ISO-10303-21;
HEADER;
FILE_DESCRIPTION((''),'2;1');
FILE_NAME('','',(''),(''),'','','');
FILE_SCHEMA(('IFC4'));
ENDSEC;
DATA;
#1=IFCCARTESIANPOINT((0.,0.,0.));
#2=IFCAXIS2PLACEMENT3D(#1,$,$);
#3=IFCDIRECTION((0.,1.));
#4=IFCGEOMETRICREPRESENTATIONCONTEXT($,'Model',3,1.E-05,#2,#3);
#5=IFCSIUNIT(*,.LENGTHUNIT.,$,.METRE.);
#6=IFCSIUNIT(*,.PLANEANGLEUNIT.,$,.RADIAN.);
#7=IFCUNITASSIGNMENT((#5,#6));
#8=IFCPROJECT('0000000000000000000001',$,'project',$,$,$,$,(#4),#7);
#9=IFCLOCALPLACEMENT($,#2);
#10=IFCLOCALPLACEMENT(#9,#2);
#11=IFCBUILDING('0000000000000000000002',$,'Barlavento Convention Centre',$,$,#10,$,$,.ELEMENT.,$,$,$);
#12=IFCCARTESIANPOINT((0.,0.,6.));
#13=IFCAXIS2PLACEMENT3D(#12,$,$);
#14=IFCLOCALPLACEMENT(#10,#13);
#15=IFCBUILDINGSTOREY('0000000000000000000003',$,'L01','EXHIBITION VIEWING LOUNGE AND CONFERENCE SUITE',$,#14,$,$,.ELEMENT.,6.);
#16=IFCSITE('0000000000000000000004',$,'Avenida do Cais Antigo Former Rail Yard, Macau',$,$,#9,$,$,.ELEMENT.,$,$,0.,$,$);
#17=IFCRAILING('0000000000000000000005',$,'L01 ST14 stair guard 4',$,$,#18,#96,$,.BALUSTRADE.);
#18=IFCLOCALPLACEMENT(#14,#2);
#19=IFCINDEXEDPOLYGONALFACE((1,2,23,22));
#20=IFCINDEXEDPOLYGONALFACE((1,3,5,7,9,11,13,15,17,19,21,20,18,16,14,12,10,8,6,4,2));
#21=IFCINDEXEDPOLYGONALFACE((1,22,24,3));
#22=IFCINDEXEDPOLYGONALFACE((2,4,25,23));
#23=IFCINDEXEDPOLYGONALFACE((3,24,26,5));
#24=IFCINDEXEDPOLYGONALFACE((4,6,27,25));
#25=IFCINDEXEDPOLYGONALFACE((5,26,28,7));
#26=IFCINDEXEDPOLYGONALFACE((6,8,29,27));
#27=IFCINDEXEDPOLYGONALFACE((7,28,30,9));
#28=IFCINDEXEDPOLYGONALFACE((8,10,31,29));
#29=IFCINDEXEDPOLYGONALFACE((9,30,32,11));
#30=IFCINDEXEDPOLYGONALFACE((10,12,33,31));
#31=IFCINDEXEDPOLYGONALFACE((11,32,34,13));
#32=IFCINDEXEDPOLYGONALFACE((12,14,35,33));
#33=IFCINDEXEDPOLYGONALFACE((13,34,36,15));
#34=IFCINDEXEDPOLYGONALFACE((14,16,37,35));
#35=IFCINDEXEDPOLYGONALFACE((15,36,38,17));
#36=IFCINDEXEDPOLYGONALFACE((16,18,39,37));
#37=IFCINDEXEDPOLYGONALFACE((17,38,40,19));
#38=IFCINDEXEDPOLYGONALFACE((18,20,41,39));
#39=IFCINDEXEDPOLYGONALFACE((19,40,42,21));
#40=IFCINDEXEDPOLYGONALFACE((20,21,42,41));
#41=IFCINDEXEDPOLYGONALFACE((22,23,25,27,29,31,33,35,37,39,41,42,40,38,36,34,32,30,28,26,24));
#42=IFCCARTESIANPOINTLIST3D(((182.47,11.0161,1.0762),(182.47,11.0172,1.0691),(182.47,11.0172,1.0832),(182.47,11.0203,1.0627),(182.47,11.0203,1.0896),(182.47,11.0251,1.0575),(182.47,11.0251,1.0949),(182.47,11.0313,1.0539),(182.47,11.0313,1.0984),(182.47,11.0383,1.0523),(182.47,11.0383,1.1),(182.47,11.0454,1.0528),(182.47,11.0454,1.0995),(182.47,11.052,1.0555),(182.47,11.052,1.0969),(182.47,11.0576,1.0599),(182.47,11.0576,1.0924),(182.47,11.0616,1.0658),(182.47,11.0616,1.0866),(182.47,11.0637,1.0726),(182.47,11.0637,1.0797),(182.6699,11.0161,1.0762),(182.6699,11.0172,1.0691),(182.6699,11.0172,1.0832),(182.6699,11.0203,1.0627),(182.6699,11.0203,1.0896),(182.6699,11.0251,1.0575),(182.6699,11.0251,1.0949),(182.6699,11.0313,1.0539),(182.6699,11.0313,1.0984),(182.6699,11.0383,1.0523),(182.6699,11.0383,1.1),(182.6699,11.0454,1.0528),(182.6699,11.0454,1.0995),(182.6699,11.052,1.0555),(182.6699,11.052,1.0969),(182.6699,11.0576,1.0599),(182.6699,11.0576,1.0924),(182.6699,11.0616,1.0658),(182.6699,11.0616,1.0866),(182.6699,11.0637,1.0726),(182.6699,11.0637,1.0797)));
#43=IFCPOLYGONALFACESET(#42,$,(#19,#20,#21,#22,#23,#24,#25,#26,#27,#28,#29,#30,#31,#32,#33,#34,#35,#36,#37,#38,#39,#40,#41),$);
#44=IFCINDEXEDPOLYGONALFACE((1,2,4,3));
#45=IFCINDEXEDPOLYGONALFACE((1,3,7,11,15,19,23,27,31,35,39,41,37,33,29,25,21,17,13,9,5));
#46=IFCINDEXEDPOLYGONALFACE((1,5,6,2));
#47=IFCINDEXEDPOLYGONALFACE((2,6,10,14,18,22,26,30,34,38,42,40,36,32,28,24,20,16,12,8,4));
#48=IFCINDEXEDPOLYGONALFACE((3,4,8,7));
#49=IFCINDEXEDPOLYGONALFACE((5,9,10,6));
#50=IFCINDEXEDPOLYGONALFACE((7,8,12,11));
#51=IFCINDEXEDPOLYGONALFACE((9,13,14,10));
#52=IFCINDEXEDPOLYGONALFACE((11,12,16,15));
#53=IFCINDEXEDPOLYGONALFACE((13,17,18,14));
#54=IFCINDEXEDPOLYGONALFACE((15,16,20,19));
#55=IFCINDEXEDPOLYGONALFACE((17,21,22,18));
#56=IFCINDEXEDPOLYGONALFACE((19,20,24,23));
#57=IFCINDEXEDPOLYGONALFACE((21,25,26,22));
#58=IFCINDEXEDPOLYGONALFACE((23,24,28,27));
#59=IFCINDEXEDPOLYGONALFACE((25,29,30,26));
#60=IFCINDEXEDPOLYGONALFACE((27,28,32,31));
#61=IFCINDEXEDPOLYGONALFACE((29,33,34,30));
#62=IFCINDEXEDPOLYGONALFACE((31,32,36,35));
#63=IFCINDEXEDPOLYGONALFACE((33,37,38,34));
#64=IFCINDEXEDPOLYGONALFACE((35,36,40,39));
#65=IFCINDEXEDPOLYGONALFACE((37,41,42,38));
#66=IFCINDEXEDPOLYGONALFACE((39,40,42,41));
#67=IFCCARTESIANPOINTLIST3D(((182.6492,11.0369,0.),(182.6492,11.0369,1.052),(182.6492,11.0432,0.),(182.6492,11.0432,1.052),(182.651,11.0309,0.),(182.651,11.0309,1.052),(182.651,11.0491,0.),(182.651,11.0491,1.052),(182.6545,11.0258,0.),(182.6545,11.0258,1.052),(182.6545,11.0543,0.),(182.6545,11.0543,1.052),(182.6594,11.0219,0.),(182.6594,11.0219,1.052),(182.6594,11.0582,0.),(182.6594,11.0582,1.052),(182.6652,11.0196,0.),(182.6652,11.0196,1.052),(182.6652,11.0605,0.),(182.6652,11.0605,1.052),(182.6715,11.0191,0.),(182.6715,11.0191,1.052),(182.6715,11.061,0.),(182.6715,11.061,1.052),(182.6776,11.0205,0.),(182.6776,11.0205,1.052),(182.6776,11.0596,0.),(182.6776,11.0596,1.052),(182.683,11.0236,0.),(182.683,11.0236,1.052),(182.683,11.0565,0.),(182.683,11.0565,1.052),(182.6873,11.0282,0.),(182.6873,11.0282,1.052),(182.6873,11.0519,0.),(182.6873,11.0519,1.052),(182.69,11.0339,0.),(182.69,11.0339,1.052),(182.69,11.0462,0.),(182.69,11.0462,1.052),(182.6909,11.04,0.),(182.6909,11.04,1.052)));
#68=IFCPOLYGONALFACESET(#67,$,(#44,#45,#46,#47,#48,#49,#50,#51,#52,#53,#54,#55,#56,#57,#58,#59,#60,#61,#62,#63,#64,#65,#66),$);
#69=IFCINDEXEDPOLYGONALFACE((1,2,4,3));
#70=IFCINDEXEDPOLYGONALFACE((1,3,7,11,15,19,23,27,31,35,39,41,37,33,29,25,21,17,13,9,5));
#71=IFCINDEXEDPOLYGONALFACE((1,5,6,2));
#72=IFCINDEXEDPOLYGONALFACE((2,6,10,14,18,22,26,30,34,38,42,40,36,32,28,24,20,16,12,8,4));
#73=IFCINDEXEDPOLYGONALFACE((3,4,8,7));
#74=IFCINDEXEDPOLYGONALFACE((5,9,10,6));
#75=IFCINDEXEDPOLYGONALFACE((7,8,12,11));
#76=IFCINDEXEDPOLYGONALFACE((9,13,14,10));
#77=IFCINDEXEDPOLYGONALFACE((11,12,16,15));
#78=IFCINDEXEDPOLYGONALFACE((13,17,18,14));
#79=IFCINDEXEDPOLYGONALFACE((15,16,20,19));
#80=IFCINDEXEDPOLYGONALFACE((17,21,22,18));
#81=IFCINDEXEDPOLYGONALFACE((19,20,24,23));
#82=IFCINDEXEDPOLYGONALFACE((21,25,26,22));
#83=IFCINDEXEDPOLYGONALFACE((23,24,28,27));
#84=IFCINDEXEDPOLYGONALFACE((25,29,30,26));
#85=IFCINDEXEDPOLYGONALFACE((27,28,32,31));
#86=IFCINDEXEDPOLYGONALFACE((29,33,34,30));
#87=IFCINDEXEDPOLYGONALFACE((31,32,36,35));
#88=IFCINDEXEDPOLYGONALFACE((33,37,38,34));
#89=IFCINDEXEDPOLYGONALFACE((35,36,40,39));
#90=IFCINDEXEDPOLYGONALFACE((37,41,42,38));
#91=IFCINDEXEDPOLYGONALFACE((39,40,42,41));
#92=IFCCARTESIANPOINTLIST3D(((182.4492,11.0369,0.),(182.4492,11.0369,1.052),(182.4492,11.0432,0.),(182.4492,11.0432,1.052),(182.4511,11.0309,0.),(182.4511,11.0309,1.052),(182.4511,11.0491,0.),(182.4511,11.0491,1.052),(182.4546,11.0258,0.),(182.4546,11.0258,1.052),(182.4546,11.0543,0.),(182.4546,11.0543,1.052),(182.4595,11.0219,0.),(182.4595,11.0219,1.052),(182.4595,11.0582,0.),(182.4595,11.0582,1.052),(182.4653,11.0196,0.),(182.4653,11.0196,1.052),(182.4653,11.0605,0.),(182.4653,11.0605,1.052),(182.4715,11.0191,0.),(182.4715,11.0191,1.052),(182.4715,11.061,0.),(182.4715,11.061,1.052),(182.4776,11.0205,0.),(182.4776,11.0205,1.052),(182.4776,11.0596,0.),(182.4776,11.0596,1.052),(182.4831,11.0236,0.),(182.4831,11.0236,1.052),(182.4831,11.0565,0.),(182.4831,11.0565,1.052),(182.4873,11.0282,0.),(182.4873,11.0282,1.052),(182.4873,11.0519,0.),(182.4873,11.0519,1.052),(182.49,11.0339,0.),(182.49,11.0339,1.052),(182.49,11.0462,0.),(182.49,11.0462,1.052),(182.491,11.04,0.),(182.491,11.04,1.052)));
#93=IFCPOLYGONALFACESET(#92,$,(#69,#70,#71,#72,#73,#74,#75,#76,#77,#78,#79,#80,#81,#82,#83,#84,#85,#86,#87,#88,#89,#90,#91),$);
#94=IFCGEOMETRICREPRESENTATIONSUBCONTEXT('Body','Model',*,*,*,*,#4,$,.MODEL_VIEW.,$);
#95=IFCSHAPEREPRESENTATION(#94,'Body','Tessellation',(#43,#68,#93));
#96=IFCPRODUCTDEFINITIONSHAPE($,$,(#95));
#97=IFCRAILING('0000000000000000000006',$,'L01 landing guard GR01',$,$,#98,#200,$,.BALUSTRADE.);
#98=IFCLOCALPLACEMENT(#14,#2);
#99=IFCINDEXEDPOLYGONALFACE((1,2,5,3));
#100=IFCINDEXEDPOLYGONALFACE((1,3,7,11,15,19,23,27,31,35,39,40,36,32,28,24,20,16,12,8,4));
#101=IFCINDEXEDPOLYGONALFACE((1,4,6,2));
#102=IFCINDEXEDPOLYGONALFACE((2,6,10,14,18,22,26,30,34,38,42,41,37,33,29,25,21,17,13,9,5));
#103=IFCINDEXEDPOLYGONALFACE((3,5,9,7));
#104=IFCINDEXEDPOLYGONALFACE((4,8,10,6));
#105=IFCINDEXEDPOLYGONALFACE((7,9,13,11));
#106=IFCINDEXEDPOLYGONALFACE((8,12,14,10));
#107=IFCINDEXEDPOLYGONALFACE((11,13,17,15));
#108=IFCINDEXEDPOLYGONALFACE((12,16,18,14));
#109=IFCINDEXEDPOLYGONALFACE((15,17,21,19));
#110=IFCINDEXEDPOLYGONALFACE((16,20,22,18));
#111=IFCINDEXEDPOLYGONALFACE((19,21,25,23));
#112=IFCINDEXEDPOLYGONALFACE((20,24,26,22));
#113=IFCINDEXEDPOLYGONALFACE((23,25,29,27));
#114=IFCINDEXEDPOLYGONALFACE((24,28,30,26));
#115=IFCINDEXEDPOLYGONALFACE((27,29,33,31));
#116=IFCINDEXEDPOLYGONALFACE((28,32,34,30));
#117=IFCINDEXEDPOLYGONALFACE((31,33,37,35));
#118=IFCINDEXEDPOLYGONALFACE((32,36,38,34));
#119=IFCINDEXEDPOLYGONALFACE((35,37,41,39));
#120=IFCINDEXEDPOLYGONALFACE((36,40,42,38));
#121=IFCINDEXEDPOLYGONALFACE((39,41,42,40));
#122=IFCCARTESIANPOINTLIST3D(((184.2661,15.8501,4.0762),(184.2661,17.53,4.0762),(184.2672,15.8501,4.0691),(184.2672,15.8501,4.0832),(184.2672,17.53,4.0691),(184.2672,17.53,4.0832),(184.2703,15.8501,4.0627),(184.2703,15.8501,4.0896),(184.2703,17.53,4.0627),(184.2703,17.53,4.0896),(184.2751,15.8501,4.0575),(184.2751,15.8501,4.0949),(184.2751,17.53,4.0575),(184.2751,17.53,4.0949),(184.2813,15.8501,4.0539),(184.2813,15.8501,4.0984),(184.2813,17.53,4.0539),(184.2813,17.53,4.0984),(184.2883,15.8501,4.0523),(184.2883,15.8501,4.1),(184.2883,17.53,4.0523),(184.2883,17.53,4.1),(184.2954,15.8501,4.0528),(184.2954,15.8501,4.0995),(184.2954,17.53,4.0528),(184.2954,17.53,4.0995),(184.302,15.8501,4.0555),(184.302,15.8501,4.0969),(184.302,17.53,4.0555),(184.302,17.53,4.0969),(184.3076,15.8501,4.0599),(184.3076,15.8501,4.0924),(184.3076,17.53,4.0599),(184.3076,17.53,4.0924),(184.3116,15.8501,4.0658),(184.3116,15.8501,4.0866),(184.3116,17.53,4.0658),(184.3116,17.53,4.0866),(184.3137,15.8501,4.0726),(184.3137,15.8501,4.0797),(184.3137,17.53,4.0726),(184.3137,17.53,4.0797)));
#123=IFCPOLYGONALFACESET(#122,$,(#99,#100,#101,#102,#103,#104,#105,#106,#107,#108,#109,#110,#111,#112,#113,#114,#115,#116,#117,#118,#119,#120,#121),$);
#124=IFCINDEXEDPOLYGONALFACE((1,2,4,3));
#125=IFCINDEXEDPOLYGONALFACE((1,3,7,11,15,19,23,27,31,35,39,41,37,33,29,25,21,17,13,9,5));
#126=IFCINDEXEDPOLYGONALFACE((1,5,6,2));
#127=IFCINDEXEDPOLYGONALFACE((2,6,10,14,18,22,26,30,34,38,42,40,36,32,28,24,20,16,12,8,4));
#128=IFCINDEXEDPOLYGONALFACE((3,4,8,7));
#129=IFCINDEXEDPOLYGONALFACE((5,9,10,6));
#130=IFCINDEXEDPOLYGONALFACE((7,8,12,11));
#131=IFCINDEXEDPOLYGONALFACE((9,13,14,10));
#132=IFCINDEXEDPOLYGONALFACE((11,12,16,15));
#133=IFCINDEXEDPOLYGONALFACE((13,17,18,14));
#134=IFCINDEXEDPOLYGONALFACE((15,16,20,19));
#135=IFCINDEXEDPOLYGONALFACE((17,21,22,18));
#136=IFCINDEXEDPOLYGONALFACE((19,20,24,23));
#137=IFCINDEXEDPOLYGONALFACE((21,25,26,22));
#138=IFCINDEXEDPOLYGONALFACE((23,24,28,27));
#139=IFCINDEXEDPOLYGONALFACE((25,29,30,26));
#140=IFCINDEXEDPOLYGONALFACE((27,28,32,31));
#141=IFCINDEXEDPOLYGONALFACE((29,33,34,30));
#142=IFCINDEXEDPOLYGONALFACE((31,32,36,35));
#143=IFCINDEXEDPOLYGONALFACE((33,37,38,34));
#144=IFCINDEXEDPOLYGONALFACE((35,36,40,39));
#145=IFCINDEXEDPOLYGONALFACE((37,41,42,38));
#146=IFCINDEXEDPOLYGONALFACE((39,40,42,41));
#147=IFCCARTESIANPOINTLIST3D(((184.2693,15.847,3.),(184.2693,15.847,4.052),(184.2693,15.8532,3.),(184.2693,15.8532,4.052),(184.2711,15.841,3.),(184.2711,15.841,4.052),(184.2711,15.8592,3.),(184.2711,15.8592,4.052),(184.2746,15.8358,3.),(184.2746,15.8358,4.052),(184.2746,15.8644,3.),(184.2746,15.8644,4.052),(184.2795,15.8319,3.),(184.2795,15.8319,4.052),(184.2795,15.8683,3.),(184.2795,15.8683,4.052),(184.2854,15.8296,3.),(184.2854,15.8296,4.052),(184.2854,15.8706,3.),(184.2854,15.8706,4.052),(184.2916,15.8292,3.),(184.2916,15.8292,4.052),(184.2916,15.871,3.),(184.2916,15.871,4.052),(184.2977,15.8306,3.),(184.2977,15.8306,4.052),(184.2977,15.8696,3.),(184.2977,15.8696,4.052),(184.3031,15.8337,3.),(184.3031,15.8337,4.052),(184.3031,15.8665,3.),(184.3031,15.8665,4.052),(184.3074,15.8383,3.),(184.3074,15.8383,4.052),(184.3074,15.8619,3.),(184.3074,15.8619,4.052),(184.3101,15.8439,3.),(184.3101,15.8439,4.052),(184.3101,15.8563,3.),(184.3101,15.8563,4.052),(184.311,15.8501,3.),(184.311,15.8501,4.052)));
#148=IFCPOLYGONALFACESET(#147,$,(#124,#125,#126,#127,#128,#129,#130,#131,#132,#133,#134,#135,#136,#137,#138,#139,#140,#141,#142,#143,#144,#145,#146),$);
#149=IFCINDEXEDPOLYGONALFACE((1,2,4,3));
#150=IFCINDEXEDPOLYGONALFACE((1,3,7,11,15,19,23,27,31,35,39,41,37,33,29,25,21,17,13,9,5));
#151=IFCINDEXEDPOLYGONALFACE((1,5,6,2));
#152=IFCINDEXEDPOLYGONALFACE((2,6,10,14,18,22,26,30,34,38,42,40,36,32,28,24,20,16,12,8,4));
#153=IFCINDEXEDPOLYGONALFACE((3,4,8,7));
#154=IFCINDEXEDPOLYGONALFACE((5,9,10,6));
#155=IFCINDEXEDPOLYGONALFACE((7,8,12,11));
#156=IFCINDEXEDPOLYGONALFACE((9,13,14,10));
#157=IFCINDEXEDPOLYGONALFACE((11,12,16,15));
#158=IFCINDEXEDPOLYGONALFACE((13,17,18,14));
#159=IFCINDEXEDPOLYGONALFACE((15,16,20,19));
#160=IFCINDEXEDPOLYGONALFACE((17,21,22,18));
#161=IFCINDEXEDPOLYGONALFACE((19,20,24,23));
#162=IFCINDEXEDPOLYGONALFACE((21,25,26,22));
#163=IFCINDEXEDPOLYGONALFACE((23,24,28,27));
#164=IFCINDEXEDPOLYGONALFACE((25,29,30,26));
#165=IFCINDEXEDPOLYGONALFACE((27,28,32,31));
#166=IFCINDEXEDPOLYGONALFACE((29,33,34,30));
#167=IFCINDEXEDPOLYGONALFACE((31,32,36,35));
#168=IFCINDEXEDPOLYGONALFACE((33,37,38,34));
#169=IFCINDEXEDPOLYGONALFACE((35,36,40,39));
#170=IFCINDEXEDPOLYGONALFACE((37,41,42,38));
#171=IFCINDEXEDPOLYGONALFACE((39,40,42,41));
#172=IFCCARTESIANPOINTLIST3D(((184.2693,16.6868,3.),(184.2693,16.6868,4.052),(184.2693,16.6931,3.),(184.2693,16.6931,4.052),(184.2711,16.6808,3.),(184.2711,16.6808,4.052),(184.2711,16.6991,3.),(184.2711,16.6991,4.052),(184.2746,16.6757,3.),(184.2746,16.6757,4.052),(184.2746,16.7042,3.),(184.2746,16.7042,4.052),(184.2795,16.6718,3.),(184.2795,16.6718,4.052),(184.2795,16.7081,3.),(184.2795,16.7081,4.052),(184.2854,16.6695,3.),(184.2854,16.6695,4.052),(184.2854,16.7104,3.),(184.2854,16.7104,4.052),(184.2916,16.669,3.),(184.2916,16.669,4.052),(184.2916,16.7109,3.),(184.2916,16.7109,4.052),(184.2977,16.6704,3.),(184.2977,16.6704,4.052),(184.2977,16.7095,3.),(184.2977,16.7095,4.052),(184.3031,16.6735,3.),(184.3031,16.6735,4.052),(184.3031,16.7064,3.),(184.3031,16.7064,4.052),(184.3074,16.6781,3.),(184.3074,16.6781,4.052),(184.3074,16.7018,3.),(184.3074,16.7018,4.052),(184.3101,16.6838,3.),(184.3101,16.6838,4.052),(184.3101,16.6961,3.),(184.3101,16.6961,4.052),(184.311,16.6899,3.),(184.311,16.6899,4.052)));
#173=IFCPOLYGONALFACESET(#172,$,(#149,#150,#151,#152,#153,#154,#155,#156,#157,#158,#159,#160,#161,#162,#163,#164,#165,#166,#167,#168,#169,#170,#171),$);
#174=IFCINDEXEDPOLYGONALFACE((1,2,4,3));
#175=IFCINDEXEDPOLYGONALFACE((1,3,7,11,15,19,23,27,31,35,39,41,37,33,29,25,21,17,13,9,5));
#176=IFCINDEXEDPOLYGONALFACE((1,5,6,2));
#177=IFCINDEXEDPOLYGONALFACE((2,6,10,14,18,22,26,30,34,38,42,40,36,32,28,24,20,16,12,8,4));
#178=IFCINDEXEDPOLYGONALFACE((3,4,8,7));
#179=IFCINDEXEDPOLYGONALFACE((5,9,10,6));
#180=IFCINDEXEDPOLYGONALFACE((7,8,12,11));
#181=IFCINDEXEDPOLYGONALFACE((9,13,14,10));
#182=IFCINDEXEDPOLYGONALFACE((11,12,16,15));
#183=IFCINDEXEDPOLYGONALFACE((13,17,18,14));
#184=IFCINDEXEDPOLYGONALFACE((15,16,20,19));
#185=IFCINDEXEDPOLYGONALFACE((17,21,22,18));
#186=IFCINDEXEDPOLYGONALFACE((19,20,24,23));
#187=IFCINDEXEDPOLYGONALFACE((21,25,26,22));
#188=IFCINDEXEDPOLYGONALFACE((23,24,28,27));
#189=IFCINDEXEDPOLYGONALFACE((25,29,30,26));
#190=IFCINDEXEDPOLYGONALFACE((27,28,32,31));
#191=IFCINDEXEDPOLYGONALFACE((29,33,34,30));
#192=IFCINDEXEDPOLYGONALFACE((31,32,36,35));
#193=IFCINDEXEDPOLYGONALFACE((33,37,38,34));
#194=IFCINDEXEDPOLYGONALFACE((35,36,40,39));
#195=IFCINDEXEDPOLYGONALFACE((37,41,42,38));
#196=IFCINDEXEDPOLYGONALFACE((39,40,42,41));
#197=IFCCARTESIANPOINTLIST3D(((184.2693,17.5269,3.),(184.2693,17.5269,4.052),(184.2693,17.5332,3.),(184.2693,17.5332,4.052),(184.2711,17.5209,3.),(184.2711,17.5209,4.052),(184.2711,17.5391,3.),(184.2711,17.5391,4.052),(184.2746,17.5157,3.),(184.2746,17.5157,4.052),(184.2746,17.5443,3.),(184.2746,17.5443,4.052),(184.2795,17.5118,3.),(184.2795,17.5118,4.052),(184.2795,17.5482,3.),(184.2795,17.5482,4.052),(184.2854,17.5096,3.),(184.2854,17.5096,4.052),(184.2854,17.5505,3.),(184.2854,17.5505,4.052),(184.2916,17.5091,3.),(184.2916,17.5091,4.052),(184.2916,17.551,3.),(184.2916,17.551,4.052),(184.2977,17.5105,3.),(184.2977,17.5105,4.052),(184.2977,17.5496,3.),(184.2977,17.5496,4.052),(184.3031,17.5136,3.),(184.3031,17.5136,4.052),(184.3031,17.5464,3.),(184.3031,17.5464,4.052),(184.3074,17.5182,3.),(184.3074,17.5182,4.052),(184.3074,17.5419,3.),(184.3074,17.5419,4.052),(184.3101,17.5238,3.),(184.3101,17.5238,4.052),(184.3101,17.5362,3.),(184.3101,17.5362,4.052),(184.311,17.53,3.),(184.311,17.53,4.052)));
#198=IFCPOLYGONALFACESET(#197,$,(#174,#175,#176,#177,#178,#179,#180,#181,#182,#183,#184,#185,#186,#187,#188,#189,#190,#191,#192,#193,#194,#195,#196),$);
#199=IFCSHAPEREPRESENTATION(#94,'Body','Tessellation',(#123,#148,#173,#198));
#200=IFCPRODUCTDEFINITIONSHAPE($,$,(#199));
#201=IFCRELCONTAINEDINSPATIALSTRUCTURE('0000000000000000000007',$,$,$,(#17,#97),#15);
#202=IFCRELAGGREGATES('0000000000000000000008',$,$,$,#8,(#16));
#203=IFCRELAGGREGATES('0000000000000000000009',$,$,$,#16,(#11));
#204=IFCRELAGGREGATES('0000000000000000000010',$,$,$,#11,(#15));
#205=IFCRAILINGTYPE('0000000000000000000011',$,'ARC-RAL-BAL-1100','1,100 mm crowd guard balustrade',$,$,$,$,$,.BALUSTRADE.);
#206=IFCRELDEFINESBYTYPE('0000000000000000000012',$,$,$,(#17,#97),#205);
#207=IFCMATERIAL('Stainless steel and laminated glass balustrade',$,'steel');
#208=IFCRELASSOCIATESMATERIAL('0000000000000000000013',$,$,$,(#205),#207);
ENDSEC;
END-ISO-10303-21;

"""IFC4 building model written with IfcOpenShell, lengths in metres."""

from ifc_helpers import new_model, si_unit, direction, frame, origin, origin_2d, place, context, subcontext, project, spatial, circle, extrude, material, type_object, element, save


model = new_model("IFC4")

# Units and contexts
model_context = context("Model", 3, precision=1e-05, world=origin(), true_north=direction((0.0, 1.0)))
body_context = subcontext(model_context, "Body", "Model", "MODEL_VIEW")
ifc_project = project(units=[si_unit("LENGTHUNIT", "METRE"), si_unit("PLANEANGLEUNIT", "RADIAN")], contexts=[model_context])

# Site, building, storey
site_placement = place(None, origin())
site = spatial("IfcSite", under=ifc_project, at=site_placement, Name="Avenida do Cais Antigo Former Rail Yard, Macau", CompositionType="ELEMENT", RefElevation=0.0)
building_placement = place(site_placement, origin())
building = spatial("IfcBuilding", under=site, at=building_placement, Name="Barlavento Convention Centre", CompositionType="ELEMENT")
storey_placement = place(building_placement, frame((0.0, 0.0, 6.0)))
storey = spatial("IfcBuildingStorey", under=building, at=storey_placement, Name="L01", Description="EXHIBITION VIEWING LOUNGE AND CONFERENCE SUITE", CompositionType="ELEMENT", Elevation=6.0)

# Railings
ifc_material_1 = material(Name="Stainless steel and laminated glass balustrade", Category="steel")
railing_type_1 = type_object("IfcRailingType", Name="ARC-RAL-BAL-1100", Description="1,100 mm crowd guard balustrade", PredefinedType="BALUSTRADE", material=ifc_material_1)
railing_1_placement = place(storey_placement, frame((182.6699, 11.04, 0.0)))
element("IfcRailing", 1, at=railing_1_placement, inside=storey, type_object=railing_type_1, Name="L01 ST14 stair guard 4", PredefinedType="BALUSTRADE", context=body_context, shape_type="SweptSolid", body=[
    extrude(circle(Radius=0.0239, at=origin_2d()), frame((0.0, 0.0, 1.0762), z_axis=(-1.0, 0.0, 0.0), x_axis=(0.0, -1.0, 0.0)), (0.0, 0.0, 1.0), 0.2),
    extrude(circle(Radius=0.021, at=origin_2d()), origin(), (0.0, 0.0, 1.0), 1.052),
    extrude(circle(Radius=0.021, at=origin_2d()), frame((-0.2, 0.0, 0.0)), (0.0, 0.0, 1.0), 1.052),
])
for number, where, name in (
    (2, (184.29, 15.8501, 3.0), "L01 landing guard GR01"),
):
    element("IfcRailing", number, at=place(storey_placement, frame(where)), inside=storey, type_object=railing_type_1, Name=name, PredefinedType="BALUSTRADE", context=body_context, shape_type="SweptSolid", body=[
        extrude(circle(Radius=0.0239, at=origin_2d()), frame((0.0, 0.0, 1.0762), z_axis=(0.0, 1.0, 0.0), x_axis=(-1.0, 0.0, 0.0)), (0.0, 0.0, 1.0), 1.6799),
        extrude(circle(Radius=0.021, at=origin_2d()), origin(), (0.0, 0.0, 1.0), 1.052),
        extrude(circle(Radius=0.021, at=origin_2d()), frame((0.0, 0.8398, 0.0)), (0.0, 0.0, 1.0), 1.052),
        extrude(circle(Radius=0.021, at=origin_2d()), frame((0.0, 1.6799, 0.0)), (0.0, 0.0, 1.0), 1.052),
    ])

save(model, "model.ifc")
